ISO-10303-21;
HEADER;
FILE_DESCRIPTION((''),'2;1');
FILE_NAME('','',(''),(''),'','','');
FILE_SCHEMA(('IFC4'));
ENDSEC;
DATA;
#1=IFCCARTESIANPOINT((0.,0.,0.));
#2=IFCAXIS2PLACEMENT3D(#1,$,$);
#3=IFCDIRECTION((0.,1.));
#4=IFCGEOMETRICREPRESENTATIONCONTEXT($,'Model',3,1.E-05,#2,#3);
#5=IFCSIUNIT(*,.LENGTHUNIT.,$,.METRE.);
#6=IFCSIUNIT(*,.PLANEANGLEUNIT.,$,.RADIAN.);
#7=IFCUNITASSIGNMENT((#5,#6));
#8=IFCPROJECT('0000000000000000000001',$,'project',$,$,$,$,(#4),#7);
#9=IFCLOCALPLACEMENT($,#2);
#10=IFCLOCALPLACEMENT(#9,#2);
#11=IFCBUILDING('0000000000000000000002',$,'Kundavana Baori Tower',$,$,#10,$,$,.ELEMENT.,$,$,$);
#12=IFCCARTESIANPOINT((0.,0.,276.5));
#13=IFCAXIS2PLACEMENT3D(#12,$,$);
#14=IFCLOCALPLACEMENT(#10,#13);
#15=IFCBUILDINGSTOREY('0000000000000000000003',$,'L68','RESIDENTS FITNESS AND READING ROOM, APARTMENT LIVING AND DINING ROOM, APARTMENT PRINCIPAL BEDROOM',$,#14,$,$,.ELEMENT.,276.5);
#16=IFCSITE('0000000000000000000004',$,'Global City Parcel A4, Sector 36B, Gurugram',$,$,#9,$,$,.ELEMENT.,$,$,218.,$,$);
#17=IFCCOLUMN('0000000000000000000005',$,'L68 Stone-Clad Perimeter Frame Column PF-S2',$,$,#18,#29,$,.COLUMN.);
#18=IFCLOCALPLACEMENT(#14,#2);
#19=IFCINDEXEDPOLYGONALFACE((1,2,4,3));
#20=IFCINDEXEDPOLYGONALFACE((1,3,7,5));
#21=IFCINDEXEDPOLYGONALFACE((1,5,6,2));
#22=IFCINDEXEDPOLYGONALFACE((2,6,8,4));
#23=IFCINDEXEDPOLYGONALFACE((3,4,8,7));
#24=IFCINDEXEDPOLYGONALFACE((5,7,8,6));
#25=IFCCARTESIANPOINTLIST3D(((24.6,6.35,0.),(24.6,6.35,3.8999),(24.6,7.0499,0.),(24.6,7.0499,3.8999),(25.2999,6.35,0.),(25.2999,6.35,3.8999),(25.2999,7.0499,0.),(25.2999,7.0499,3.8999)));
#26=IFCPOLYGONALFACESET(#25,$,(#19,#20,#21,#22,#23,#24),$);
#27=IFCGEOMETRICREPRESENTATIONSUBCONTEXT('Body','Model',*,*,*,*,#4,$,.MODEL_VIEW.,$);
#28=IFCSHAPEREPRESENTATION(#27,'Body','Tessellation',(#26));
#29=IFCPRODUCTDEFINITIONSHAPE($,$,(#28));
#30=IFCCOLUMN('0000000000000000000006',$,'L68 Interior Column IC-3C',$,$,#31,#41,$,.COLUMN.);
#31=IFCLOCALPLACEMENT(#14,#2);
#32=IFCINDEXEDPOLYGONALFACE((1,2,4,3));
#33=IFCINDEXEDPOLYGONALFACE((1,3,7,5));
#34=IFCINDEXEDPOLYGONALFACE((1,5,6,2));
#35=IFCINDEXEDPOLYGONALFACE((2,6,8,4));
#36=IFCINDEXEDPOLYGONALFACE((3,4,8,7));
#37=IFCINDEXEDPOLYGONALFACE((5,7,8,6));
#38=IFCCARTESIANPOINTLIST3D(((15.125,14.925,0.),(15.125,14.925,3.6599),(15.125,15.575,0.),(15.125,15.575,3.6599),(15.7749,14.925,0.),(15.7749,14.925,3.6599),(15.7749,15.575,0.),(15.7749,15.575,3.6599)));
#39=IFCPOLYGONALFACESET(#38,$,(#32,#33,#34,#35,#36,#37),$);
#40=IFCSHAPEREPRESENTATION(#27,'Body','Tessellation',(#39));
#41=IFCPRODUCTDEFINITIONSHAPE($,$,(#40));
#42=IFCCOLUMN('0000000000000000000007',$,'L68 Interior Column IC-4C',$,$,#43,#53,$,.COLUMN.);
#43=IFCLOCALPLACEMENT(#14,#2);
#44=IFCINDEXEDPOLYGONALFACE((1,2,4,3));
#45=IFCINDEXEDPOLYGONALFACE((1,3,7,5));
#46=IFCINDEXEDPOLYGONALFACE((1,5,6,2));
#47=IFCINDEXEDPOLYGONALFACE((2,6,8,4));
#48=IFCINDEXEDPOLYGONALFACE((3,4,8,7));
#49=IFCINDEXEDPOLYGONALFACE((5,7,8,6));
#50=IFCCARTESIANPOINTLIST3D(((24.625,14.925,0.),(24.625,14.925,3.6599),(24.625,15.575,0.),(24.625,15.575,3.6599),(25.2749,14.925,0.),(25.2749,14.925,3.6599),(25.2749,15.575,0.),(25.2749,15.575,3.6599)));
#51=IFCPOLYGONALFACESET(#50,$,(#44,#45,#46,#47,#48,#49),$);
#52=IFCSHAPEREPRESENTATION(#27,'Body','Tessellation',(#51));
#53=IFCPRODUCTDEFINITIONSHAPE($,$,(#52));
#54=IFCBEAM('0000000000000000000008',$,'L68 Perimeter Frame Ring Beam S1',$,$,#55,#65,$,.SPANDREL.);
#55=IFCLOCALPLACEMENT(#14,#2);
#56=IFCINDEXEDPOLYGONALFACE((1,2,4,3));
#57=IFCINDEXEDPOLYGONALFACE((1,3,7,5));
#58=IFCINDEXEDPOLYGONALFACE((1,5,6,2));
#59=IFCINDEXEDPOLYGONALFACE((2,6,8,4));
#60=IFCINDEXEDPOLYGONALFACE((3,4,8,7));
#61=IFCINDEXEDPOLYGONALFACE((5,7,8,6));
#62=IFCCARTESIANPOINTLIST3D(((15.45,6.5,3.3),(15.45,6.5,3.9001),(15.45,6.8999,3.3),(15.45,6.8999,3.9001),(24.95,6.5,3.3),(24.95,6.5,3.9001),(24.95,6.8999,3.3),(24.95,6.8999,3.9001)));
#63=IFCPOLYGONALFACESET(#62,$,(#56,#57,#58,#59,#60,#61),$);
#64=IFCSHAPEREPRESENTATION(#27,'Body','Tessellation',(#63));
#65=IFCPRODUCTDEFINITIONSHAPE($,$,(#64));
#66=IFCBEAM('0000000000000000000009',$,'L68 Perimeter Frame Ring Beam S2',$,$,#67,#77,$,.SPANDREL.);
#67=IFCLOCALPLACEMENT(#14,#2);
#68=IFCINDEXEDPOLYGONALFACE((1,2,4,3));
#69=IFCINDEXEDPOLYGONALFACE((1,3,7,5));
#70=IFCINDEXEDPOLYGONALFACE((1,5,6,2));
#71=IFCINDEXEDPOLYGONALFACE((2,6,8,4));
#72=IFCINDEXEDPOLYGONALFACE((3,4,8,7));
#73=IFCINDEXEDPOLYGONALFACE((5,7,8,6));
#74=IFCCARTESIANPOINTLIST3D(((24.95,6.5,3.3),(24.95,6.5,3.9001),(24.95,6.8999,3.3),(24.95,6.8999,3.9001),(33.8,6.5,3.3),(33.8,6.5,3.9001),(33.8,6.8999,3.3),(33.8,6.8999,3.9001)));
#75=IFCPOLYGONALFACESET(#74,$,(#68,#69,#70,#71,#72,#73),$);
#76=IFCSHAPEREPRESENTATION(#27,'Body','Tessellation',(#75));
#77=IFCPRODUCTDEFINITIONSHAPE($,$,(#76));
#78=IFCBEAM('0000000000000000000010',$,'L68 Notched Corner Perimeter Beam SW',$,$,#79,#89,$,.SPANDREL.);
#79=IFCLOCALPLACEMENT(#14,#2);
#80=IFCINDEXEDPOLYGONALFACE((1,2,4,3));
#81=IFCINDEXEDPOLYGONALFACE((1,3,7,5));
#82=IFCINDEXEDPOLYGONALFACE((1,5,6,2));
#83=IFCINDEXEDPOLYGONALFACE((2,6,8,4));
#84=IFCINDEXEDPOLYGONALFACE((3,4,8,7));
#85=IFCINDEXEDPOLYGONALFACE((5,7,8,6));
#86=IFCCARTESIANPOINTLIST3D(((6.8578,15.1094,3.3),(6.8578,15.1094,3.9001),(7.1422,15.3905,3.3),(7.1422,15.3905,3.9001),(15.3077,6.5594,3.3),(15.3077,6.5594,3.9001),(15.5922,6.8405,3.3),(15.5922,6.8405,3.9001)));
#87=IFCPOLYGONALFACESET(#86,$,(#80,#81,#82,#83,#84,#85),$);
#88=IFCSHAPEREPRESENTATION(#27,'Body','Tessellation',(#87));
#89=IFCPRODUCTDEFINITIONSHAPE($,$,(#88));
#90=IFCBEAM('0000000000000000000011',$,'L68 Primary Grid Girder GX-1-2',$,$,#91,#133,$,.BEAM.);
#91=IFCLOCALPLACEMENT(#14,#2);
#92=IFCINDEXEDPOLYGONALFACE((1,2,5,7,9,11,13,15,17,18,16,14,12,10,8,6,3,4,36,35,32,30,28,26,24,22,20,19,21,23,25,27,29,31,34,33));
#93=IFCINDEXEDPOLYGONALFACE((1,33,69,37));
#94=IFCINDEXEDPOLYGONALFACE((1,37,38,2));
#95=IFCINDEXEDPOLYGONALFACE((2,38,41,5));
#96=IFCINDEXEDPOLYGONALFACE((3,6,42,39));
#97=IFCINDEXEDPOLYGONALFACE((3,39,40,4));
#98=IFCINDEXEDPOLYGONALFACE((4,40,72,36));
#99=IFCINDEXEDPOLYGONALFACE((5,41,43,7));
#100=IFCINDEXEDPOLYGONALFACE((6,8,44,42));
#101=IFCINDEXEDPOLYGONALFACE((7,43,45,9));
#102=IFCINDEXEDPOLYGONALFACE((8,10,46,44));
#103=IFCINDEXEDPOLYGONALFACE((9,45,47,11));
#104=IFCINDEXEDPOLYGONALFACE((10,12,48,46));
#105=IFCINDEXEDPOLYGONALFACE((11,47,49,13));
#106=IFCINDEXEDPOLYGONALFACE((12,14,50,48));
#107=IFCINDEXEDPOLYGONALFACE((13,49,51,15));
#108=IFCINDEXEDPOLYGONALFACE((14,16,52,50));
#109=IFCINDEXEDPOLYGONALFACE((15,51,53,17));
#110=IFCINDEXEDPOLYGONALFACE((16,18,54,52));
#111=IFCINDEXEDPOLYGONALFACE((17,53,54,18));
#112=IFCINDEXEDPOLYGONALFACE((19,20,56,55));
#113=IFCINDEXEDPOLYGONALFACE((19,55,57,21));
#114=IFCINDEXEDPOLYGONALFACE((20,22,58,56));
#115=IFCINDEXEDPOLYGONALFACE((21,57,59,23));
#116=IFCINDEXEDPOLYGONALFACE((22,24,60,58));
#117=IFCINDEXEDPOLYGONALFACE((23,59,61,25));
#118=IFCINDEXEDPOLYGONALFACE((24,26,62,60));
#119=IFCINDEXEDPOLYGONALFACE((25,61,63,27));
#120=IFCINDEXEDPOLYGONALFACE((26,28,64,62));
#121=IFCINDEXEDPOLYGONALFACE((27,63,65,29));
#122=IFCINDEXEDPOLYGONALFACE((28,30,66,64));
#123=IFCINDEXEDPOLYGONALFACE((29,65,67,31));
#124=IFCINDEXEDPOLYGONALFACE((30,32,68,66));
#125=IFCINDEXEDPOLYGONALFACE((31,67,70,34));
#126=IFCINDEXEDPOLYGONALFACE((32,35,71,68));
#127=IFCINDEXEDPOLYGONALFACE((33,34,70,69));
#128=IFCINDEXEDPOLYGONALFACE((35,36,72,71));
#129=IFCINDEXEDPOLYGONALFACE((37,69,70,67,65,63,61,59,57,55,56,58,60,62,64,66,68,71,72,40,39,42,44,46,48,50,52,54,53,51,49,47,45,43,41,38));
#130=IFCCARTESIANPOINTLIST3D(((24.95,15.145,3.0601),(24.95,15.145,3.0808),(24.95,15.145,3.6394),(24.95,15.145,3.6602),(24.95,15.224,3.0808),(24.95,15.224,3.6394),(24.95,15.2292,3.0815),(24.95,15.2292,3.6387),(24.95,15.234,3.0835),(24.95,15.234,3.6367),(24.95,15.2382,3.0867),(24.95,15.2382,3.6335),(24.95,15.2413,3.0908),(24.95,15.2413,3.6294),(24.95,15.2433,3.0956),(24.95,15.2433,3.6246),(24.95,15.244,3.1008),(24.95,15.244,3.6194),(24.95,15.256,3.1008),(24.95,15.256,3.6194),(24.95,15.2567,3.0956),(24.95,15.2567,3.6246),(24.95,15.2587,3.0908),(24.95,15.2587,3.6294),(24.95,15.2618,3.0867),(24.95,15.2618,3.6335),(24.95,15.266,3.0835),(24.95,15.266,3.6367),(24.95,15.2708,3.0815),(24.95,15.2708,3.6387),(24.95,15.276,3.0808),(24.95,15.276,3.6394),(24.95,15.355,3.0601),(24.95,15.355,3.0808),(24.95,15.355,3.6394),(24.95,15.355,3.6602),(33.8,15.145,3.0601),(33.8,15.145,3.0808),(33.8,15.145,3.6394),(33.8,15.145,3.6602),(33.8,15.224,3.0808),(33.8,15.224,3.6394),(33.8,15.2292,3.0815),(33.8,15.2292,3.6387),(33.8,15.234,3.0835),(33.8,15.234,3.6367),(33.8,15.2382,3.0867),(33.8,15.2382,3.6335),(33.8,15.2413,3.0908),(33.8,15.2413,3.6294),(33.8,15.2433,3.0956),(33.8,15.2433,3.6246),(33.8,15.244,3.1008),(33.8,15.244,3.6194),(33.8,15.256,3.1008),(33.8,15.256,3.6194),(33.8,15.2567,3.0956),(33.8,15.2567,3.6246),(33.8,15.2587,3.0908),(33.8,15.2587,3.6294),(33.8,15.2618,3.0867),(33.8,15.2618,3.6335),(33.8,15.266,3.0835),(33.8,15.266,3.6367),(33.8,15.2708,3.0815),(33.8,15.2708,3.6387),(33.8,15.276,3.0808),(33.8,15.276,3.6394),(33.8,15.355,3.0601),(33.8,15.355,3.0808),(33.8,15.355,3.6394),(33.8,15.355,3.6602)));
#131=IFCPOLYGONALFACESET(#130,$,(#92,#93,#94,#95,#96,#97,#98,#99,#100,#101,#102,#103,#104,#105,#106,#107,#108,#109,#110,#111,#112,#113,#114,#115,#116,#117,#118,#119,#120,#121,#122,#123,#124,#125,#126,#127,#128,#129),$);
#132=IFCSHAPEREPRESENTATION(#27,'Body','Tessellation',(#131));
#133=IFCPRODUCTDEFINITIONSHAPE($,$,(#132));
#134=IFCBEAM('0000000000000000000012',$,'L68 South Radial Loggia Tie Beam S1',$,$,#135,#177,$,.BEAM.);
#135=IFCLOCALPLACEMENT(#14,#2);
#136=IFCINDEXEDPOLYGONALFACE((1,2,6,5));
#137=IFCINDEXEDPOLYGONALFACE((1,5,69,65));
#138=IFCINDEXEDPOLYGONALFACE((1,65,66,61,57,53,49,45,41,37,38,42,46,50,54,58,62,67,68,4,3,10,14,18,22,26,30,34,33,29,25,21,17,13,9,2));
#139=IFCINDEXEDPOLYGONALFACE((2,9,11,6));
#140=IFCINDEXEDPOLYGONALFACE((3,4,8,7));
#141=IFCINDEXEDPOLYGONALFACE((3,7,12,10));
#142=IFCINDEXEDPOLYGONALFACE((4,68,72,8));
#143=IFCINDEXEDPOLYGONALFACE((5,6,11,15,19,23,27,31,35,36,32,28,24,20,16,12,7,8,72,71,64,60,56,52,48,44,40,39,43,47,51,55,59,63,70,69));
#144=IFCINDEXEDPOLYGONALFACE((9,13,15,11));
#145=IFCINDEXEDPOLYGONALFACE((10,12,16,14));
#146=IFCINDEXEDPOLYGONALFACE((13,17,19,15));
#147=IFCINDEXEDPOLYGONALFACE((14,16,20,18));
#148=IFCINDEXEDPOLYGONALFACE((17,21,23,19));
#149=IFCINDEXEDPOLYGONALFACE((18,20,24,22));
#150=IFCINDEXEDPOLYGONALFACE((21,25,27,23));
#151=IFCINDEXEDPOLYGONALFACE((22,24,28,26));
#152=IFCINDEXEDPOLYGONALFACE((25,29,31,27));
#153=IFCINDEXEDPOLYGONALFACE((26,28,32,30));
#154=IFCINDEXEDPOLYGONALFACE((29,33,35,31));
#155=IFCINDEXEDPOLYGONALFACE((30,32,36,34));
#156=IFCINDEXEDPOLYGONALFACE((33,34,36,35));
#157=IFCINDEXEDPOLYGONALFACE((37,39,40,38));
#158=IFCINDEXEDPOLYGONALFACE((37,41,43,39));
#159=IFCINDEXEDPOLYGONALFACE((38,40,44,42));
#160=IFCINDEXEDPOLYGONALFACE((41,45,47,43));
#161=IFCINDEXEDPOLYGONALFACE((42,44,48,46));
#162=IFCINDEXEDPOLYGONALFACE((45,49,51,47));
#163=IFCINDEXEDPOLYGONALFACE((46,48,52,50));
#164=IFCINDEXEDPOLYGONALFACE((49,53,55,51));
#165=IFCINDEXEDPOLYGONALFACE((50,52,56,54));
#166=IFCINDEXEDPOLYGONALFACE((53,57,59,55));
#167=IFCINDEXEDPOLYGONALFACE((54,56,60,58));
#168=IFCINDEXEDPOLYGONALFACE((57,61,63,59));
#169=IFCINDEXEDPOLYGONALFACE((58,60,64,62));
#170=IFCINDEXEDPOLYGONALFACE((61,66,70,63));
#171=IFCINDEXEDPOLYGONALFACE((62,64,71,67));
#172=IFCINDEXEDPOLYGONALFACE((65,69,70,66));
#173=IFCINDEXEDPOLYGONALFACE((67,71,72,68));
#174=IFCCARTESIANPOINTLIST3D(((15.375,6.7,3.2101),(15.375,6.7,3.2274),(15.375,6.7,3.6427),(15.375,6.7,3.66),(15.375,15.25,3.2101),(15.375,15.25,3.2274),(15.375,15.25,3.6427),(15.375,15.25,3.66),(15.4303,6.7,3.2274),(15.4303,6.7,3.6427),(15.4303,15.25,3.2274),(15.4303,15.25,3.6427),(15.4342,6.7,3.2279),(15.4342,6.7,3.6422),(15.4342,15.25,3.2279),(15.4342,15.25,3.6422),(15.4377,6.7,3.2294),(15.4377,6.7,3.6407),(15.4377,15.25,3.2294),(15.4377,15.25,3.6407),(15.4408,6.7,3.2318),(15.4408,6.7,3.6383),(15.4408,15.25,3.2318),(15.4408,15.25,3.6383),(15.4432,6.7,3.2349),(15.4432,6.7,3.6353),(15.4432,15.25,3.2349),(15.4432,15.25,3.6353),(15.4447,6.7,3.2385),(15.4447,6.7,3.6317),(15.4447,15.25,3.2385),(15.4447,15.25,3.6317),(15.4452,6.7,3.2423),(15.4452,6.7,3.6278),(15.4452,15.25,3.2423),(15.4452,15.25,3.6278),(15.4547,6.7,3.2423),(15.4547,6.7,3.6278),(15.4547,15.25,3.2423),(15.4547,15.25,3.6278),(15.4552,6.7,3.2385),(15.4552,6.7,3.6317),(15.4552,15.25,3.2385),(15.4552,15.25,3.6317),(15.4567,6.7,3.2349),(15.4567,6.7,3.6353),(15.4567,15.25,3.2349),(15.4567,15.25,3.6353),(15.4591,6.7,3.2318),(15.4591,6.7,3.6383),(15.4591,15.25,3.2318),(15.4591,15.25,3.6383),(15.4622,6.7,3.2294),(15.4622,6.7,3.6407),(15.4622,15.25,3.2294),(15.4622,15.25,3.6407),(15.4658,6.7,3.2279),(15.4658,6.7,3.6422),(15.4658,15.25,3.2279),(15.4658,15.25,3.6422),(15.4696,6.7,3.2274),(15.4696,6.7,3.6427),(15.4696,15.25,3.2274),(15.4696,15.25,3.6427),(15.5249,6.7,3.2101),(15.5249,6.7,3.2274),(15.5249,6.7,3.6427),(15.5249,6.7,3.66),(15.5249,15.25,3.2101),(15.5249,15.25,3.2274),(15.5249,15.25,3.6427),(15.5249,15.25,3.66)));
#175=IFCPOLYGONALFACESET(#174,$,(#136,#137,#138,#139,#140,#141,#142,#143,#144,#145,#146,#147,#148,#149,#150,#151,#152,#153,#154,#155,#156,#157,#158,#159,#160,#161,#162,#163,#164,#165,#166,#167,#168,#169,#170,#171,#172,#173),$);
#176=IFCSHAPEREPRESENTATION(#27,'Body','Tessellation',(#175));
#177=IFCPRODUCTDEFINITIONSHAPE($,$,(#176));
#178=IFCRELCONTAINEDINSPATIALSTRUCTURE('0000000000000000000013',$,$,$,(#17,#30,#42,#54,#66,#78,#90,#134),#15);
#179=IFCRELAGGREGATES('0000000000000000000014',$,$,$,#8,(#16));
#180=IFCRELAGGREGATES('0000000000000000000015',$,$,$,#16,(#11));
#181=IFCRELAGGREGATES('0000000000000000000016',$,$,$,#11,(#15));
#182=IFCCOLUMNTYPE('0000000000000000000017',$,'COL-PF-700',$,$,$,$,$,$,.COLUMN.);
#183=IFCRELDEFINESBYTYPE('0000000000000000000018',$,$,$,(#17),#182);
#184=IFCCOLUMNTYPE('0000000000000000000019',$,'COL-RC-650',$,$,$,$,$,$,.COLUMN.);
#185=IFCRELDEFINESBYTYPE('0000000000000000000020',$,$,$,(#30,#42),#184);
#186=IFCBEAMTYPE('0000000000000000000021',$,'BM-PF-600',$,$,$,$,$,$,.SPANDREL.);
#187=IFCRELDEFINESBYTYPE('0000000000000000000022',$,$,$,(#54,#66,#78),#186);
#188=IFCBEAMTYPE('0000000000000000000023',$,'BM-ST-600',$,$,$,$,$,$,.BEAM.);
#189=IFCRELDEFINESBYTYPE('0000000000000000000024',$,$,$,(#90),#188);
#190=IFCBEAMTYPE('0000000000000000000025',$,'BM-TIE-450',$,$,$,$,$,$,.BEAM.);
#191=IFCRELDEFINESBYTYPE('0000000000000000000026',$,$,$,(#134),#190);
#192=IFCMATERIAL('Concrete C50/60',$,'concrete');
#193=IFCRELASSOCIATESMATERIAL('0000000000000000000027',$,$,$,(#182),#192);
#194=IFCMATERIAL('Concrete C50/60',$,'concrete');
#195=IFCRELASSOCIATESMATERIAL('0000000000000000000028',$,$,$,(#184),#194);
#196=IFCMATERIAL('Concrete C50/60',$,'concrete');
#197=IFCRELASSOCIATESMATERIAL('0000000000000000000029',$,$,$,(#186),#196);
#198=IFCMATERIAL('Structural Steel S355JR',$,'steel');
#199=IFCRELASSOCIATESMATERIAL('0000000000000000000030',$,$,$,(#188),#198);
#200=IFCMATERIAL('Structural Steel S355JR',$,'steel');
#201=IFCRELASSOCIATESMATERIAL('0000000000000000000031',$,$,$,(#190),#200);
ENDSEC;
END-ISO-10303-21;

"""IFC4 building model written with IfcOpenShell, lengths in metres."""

from ifc_helpers import new_model, si_unit, direction, frame, origin, origin_2d, place, context, subcontext, project, spatial, rectangle, i_section, extrude, material, material_profile, profile_set, type_object, element, save


model = new_model("IFC4")

# Units and contexts
model_context = context("Model", 3, precision=1e-05, world=origin(), true_north=direction((0.0, 1.0)))
body_context = subcontext(model_context, "Body", "Model", "MODEL_VIEW")
ifc_project = project(units=[si_unit("LENGTHUNIT", "METRE"), si_unit("PLANEANGLEUNIT", "RADIAN")], contexts=[model_context])

# Site, building, storey
site_placement = place(None, origin())
site = spatial("IfcSite", under=ifc_project, at=site_placement, Name="Global City Parcel A4, Sector 36B, Gurugram", CompositionType="ELEMENT", RefElevation=218.0)
building_placement = place(site_placement, origin())
building = spatial("IfcBuilding", under=site, at=building_placement, Name="Kundavana Baori Tower", CompositionType="ELEMENT")
storey_placement = place(building_placement, frame((0.0, 0.0, 276.5)))
storey = spatial("IfcBuildingStorey", under=building, at=storey_placement, Name="L68", Description="RESIDENTS FITNESS AND READING ROOM, APARTMENT LIVING AND DINING ROOM, APARTMENT PRINCIPAL BEDROOM", CompositionType="ELEMENT", Elevation=276.5)

# Columns
ifc_material_1 = material(Name="Concrete C50/60", Category="concrete")
ifc_material_profile_1 = material_profile(ifc_material_1, rectangle(XDim=0.7, YDim=0.7, at=origin_2d()), Name="RC PF 700x700")
ifc_profile_set_1 = profile_set([ifc_material_profile_1], Name="Concrete C50/60")
column_type_1 = type_object("IfcColumnType", Name="COL-PF-700", PredefinedType="COLUMN", material=ifc_profile_set_1)
column_placement = place(storey_placement, frame((24.95, 6.7, 0.0), z_axis=(0.0, 0.0, 1.0), x_axis=(1.0, 0.0, 0.0)))
element("IfcColumn", 1, at=column_placement, inside=storey, type_object=column_type_1, Name="L68 Stone-Clad Perimeter Frame Column PF-S2", PredefinedType="COLUMN", context=body_context, shape_type="SweptSolid", body=[
    extrude(rectangle(XDim=0.7, YDim=0.7, at=origin_2d()), origin(), (0.0, 0.0, 1.0), 3.8999),
])
ifc_material_2 = material(Name="Concrete C50/60", Category="concrete")
ifc_material_profile_2 = material_profile(ifc_material_2, rectangle(XDim=0.6499, YDim=0.6499, at=origin_2d()), Name="RC 650x650")
ifc_profile_set_2 = profile_set([ifc_material_profile_2], Name="Concrete C50/60")
column_type_2 = type_object("IfcColumnType", Name="COL-RC-650", PredefinedType="COLUMN", material=ifc_profile_set_2)
for number, where, z_axis, x_axis, name in (
    (2, (15.45, 15.25, 0.0), (0.0, 0.0, 1.0), (1.0, 0.0, 0.0), "L68 Interior Column IC-3C"),
    (3, (24.95, 15.25, 0.0), (0.0, 0.0, 1.0), (1.0, 0.0, 0.0), "L68 Interior Column IC-4C"),
):
    element("IfcColumn", number, at=place(storey_placement, frame(where, z_axis=z_axis, x_axis=x_axis)), inside=storey, type_object=column_type_2, Name=name, PredefinedType="COLUMN", context=body_context, shape_type="SweptSolid", body=[
        extrude(rectangle(XDim=0.6499, YDim=0.6499, at=origin_2d()), origin(), (0.0, 0.0, 1.0), 3.6599),
    ])

# Beams
ifc_material_3 = material(Name="Concrete C50/60", Category="concrete")
ifc_material_profile_3 = material_profile(ifc_material_3, rectangle(XDim=0.3999, YDim=0.6001, at=origin_2d()), Name="RC BM 400x600")
ifc_profile_set_3 = profile_set([ifc_material_profile_3], Name="Concrete C50/60")
beam_type_1 = type_object("IfcBeamType", Name="BM-PF-600", PredefinedType="SPANDREL", material=ifc_profile_set_3)
beam_1_placement = place(storey_placement, frame((15.45, 6.7, 3.6001), z_axis=(1.0, 0.0, 0.0), x_axis=(0.0, 1.0, 0.0)))
element("IfcBeam", 4, at=beam_1_placement, inside=storey, type_object=beam_type_1, Name="L68 Perimeter Frame Ring Beam S1", PredefinedType="SPANDREL", context=body_context, shape_type="SweptSolid", body=[
    extrude(rectangle(XDim=0.3999, YDim=0.6001, at=origin_2d()), origin(), (0.0, 0.0, 1.0), 9.5),
])
beam_2_placement = place(storey_placement, frame((24.95, 6.7, 3.6001), z_axis=(1.0, 0.0, 0.0), x_axis=(0.0, 1.0, 0.0)))
element("IfcBeam", 5, at=beam_2_placement, inside=storey, type_object=beam_type_1, Name="L68 Perimeter Frame Ring Beam S2", PredefinedType="SPANDREL", context=body_context, shape_type="SweptSolid", body=[
    extrude(rectangle(XDim=0.3999, YDim=0.6001, at=origin_2d()), origin(), (0.0, 0.0, 1.0), 8.8501),
])
beam_3_placement = place(storey_placement, frame((15.45, 6.7, 3.6001), z_axis=(-0.702931, 0.711258, 0.0), x_axis=(-0.711258, -0.702931, 0.0)))
element("IfcBeam", 6, at=beam_3_placement, inside=storey, type_object=beam_type_1, Name="L68 Notched Corner Perimeter Beam SW", PredefinedType="SPANDREL", context=body_context, shape_type="SweptSolid", body=[
    extrude(rectangle(XDim=0.3999, YDim=0.6001, at=origin_2d()), origin(), (0.0, 0.0, 1.0), 12.021),
])
ifc_material_4 = material(Name="Structural Steel S355JR", Category="steel")
ifc_material_profile_4 = material_profile(ifc_material_4, i_section(OverallWidth=0.21, OverallDepth=0.6001, WebThickness=0.012, FlangeThickness=0.0208, FilletRadius=0.02, at=origin_2d()), Name="ISMB 600")
ifc_profile_set_4 = profile_set([ifc_material_profile_4], Name="Structural Steel S355JR")
beam_type_2 = type_object("IfcBeamType", Name="BM-ST-600", PredefinedType="BEAM", material=ifc_profile_set_4)
beam_4_placement = place(storey_placement, frame((24.95, 15.25, 3.3601), z_axis=(1.0, 0.0, 0.0), x_axis=(0.0, 1.0, 0.0)))
element("IfcBeam", 7, at=beam_4_placement, inside=storey, type_object=beam_type_2, Name="L68 Primary Grid Girder GX-1-2", PredefinedType="BEAM", context=body_context, shape_type="SweptSolid", body=[
    extrude(i_section(OverallWidth=0.21, OverallDepth=0.6001, WebThickness=0.012, FlangeThickness=0.0208, FilletRadius=0.02, at=origin_2d()), origin(), (0.0, 0.0, 1.0), 8.8501),
])
ifc_material_5 = material(Name="Structural Steel S355JR", Category="steel")
ifc_material_profile_5 = material_profile(ifc_material_5, i_section(OverallWidth=0.1499, OverallDepth=0.45, WebThickness=0.0095, FlangeThickness=0.0173, FilletRadius=0.0149, at=origin_2d()), Name="ISMB 450")
ifc_profile_set_5 = profile_set([ifc_material_profile_5], Name="Structural Steel S355JR")
beam_type_3 = type_object("IfcBeamType", Name="BM-TIE-450", PredefinedType="BEAM", material=ifc_profile_set_5)
beam_5_placement = place(storey_placement, frame((15.45, 15.25, 3.4351), z_axis=(0.0, -1.0, 0.0), x_axis=(1.0, 0.0, 0.0)))
element("IfcBeam", 8, at=beam_5_placement, inside=storey, type_object=beam_type_3, Name="L68 South Radial Loggia Tie Beam S1", PredefinedType="BEAM", context=body_context, shape_type="SweptSolid", body=[
    extrude(i_section(OverallWidth=0.1499, OverallDepth=0.45, WebThickness=0.0095, FlangeThickness=0.0173, FilletRadius=0.0149, at=origin_2d()), origin(), (0.0, 0.0, 1.0), 8.55),
])

save(model, "model.ifc")
